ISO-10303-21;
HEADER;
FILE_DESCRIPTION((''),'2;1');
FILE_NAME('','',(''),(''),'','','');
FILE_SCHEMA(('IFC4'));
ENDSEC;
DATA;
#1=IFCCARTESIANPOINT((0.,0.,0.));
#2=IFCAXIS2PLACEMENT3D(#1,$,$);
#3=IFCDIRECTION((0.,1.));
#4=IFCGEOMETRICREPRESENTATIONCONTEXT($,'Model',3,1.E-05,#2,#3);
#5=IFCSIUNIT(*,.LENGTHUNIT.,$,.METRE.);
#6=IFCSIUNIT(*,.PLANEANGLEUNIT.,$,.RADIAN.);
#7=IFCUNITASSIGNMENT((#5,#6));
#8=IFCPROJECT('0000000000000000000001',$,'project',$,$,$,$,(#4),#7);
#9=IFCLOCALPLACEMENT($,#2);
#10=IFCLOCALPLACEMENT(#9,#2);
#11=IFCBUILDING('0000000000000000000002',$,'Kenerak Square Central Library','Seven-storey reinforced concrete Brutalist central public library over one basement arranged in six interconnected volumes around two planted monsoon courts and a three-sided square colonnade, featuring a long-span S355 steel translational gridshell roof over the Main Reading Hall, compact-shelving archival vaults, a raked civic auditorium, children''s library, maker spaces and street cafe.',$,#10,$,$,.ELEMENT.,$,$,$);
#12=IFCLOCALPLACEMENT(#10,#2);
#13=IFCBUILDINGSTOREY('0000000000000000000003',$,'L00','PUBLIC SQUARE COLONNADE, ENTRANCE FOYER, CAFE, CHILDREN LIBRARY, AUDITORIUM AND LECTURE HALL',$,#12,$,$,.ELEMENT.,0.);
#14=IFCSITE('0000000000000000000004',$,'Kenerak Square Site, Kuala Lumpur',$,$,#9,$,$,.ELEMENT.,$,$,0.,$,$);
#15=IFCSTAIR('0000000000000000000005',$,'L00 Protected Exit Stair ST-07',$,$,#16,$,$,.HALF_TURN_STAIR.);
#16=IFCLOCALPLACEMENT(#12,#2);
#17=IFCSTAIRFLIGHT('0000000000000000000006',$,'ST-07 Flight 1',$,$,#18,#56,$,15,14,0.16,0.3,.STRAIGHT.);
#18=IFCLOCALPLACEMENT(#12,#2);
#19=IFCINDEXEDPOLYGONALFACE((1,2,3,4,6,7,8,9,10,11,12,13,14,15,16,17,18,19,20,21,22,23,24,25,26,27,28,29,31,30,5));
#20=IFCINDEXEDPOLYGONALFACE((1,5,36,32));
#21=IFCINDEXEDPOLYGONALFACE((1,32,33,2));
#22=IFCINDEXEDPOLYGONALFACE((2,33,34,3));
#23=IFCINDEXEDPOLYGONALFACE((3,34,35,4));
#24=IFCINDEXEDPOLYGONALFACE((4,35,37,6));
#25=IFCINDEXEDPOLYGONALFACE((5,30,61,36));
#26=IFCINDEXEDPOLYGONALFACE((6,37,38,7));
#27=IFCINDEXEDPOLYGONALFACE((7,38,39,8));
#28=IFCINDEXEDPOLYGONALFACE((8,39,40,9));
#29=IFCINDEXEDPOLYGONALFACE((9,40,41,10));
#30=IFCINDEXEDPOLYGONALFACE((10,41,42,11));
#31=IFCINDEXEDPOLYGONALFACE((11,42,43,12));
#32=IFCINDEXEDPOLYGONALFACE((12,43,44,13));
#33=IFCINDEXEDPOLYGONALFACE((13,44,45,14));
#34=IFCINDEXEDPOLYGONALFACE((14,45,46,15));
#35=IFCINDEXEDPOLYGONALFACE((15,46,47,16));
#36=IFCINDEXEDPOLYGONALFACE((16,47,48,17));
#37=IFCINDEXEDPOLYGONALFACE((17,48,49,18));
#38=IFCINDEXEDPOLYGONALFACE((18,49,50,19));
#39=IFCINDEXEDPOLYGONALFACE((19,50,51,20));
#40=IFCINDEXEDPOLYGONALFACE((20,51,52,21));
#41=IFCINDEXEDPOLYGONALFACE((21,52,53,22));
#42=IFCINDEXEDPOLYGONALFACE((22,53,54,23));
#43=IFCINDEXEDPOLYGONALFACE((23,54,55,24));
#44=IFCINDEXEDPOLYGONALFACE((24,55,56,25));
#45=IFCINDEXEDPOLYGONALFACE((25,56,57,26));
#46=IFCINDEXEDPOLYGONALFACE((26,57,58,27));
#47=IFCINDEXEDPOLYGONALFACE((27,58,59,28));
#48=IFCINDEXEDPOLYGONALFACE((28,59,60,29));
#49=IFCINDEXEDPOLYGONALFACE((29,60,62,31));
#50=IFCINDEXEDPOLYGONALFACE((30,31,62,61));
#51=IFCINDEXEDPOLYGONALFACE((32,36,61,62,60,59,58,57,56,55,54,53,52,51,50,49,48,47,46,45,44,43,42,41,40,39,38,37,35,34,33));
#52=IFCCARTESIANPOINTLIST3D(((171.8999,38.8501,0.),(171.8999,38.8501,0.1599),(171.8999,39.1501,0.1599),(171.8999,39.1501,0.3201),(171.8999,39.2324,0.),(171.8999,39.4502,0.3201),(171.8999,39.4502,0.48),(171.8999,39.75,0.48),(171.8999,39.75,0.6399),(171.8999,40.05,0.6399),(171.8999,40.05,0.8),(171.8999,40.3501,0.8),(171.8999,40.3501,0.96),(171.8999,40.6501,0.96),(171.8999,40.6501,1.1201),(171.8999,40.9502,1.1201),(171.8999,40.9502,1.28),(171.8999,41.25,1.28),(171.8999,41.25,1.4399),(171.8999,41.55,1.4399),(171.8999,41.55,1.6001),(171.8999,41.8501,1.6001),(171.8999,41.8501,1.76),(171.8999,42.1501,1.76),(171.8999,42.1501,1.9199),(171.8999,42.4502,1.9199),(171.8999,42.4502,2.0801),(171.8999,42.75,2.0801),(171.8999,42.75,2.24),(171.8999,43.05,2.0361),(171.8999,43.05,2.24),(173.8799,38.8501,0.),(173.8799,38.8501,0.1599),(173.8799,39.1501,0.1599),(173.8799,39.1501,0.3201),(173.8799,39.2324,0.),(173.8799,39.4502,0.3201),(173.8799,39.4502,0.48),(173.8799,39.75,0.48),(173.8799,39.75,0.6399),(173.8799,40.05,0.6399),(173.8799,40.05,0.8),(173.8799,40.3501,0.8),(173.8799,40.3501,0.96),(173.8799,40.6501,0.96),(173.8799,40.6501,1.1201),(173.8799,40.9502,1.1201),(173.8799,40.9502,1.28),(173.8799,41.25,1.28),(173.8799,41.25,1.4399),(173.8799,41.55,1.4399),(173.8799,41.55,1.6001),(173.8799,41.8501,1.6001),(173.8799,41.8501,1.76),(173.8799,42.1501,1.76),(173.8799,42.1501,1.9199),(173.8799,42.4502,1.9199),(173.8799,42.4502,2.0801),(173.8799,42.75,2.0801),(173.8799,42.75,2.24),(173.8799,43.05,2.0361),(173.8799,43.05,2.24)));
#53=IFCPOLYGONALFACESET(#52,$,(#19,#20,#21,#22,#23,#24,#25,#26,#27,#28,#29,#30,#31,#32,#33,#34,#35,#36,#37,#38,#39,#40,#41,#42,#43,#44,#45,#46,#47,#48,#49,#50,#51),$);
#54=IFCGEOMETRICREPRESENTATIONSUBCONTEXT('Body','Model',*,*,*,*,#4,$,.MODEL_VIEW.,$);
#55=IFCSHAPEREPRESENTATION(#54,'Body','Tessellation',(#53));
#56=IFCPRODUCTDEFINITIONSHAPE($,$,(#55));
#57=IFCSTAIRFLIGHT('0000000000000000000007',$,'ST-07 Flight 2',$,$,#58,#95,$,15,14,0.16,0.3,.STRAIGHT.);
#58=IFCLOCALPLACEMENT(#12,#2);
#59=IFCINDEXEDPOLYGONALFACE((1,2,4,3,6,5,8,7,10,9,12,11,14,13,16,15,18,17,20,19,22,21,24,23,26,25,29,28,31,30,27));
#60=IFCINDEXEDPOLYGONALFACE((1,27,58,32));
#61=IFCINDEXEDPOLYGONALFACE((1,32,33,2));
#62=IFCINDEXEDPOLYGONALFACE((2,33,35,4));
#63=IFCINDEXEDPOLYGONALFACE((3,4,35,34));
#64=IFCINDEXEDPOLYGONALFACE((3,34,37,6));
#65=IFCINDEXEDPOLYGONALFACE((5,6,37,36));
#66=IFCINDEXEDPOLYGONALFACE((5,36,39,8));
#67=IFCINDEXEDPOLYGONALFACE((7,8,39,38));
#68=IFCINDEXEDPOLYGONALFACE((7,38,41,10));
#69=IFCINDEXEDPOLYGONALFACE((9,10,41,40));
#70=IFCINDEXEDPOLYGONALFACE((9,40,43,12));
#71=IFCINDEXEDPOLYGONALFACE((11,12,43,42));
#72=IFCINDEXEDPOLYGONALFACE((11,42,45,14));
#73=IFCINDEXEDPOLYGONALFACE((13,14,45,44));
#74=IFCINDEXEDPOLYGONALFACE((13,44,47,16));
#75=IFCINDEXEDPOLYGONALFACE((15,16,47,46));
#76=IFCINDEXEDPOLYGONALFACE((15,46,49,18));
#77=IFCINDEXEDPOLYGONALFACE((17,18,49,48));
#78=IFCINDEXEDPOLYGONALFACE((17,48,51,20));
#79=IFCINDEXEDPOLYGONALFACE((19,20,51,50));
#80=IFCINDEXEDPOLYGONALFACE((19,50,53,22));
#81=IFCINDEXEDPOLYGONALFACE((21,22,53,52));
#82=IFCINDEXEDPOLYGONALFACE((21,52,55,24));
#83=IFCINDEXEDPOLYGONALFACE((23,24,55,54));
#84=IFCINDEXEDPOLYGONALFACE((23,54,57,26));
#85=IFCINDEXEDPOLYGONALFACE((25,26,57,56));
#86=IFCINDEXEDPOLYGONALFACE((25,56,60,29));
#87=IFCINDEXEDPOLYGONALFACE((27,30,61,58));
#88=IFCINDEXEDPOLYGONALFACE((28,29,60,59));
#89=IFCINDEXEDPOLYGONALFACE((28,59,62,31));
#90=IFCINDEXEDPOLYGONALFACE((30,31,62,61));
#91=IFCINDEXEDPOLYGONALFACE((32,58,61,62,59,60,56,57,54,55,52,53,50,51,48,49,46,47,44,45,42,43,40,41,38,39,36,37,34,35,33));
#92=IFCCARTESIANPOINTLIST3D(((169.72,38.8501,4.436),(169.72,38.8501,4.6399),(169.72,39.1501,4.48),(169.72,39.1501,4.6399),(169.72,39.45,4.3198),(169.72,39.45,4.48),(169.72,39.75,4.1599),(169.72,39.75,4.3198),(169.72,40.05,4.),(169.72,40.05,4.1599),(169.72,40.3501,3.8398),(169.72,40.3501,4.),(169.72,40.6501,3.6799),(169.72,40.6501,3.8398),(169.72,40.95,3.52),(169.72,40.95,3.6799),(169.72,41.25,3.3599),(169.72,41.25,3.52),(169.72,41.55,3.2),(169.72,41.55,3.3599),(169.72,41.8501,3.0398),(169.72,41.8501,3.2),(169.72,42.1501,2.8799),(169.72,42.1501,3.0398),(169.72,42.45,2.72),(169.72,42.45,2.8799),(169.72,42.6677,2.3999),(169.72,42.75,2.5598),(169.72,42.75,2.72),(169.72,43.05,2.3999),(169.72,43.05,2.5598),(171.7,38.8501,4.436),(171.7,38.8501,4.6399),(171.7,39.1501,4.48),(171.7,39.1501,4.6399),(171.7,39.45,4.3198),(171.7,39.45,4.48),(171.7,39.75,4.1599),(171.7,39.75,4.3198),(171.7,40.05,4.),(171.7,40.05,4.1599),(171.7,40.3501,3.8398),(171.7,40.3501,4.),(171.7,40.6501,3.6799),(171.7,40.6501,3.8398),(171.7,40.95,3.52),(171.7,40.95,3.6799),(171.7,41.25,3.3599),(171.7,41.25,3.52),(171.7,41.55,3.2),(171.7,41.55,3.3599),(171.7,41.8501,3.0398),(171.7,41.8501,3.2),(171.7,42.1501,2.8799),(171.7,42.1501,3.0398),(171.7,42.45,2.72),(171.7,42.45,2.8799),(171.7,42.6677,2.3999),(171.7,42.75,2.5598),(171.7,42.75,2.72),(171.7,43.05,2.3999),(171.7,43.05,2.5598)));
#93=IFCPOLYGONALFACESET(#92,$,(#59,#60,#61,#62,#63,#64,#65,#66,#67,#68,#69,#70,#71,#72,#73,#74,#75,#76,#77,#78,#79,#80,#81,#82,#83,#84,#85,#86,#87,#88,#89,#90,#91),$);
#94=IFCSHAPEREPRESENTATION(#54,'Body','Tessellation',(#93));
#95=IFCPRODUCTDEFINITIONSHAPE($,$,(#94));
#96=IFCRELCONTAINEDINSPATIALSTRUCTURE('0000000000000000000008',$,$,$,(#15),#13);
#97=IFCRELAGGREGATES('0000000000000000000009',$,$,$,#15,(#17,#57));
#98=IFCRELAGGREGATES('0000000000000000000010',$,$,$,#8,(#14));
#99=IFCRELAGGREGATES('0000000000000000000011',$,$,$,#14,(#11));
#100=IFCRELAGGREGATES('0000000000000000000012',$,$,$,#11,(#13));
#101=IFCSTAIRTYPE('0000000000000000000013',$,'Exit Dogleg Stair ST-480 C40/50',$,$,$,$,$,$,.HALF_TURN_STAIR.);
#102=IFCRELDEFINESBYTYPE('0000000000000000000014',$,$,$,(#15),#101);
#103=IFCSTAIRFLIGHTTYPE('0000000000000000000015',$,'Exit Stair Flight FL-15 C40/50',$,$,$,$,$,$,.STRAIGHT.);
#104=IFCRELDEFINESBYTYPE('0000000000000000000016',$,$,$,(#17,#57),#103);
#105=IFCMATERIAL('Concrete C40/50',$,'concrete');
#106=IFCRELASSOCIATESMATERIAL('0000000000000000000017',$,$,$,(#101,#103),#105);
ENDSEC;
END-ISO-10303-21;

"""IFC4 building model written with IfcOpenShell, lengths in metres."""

from ifc_helpers import new_model, si_unit, direction, frame, origin, place, context, subcontext, project, spatial, polyline, outline, extrude, material, type_object, element, aggregate, save


model = new_model("IFC4")

# Units and contexts
model_context = context("Model", 3, precision=1e-05, world=origin(), true_north=direction((0.0, 1.0)))
body_context = subcontext(model_context, "Body", "Model", "MODEL_VIEW")
ifc_project = project(units=[si_unit("LENGTHUNIT", "METRE"), si_unit("PLANEANGLEUNIT", "RADIAN")], contexts=[model_context])

# Site, building, storey
site_placement = place(None, origin())
site = spatial("IfcSite", under=ifc_project, at=site_placement, Name="Kenerak Square Site, Kuala Lumpur", CompositionType="ELEMENT", RefElevation=0.0)
building_placement = place(site_placement, origin())
building = spatial("IfcBuilding", under=site, at=building_placement, Name="Kenerak Square Central Library", Description="Seven-storey reinforced concrete Brutalist central public library over one basement arranged in six interconnected volumes around two planted monsoon courts and a three-sided square colonnade, featuring a long-span S355 steel translational gridshell roof over the Main Reading Hall, compact-shelving archival vaults, a raked civic auditorium, children's library, maker spaces and street cafe.", CompositionType="ELEMENT")
storey_placement = place(building_placement, origin())
storey = spatial("IfcBuildingStorey", under=building, at=storey_placement, Name="L00", Description="PUBLIC SQUARE COLONNADE, ENTRANCE FOYER, CAFE, CHILDREN LIBRARY, AUDITORIUM AND LECTURE HALL", CompositionType="ELEMENT", Elevation=0.0)

# Shared definitions
ifc_material_1 = material(Name="Concrete C40/50", Category="concrete")

# Stair, stair flights
stair_type = type_object("IfcStairType", Name="Exit Dogleg Stair ST-480 C40/50", PredefinedType="HALF_TURN_STAIR", material=ifc_material_1)
stair_placement = place(storey_placement, origin())
stair = element("IfcStair", 1, at=stair_placement, inside=storey, type_object=stair_type, Name="L00 Protected Exit Stair ST-07", PredefinedType="HALF_TURN_STAIR")
stair_flight_type = type_object("IfcStairFlightType", Name="Exit Stair Flight FL-15 C40/50", PredefinedType="STRAIGHT", material=ifc_material_1)
stair_flight_1_placement = place(storey_placement, frame((172.8899, 38.8501, 0.0), z_axis=(0.0, 0.0, 1.0), x_axis=(0.0, 1.0, 0.0)))
stair_flight_1 = element("IfcStairFlight", 2, at=stair_flight_1_placement, type_object=stair_flight_type, Name="ST-07 Flight 1", NumberOfRisers=15, NumberOfTreads=14, PredefinedType="STRAIGHT", RiserHeight=0.16, TreadLength=0.3, context=body_context, shape_type="SweptSolid", body=[
    extrude(outline(polyline([(0.0, 0.0), (0.0, 0.1599), (0.3, 0.1599), (0.3, 0.3201), (0.6001, 0.3201), (0.6001, 0.48), (0.8999, 0.48), (0.8999, 0.6399), (1.2, 0.6399), (1.2, 0.8), (1.5, 0.8), (1.5, 0.96), (1.8, 0.96), (1.8, 1.1201), (2.1001, 1.1201), (2.1001, 1.28), (2.3999, 1.28), (2.3999, 1.4399), (2.7, 1.4399), (2.7, 1.6001), (3.0, 1.6001), (3.0, 1.76), (3.3, 1.76), (3.3, 1.9199), (3.6001, 1.9199), (3.6001, 2.0801), (3.8999, 2.0801), (3.8999, 2.24), (4.2, 2.24), (4.2, 2.3999), (4.2, 2.0361), (0.3823, 0.0), (0.0, 0.0)])), frame((0.0, 0.99, 0.0), z_axis=(0.0, -1.0, 0.0), x_axis=(1.0, 0.0, 0.0)), (0.0, 0.0, 1.0), 1.98),
])
stair_flight_2_placement = place(storey_placement, frame((170.71, 43.05, 2.3999), z_axis=(0.0, 0.0, 1.0), x_axis=(0.0, -1.0, 0.0)))
stair_flight_2 = element("IfcStairFlight", 3, at=stair_flight_2_placement, type_object=stair_flight_type, Name="ST-07 Flight 2", NumberOfRisers=15, NumberOfTreads=14, PredefinedType="STRAIGHT", RiserHeight=0.16, TreadLength=0.3, context=body_context, shape_type="SweptSolid", body=[
    extrude(outline(polyline([(0.0, 0.0), (0.0, 0.1599), (0.3, 0.1599), (0.3, 0.3201), (0.6001, 0.3201), (0.6001, 0.48), (0.8999, 0.48), (0.8999, 0.6399), (1.2, 0.6399), (1.2, 0.8), (1.5, 0.8), (1.5, 0.96), (1.8, 0.96), (1.8, 1.1201), (2.1001, 1.1201), (2.1001, 1.28), (2.3999, 1.28), (2.3999, 1.4399), (2.7, 1.4399), (2.7, 1.6001), (3.0, 1.6001), (3.0, 1.76), (3.3, 1.76), (3.3, 1.9199), (3.6001, 1.9199), (3.6001, 2.0801), (3.8999, 2.0801), (3.8999, 2.24), (4.2, 2.24), (4.2, 2.3999), (4.2, 2.0361), (0.3823, 0.0), (0.0, 0.0)])), frame((0.0, 0.99, 0.0), z_axis=(0.0, -1.0, 0.0), x_axis=(1.0, 0.0, 0.0)), (0.0, 0.0, 1.0), 1.98),
])
aggregate(stair, [stair_flight_1, stair_flight_2])

save(model, "model.ifc")
